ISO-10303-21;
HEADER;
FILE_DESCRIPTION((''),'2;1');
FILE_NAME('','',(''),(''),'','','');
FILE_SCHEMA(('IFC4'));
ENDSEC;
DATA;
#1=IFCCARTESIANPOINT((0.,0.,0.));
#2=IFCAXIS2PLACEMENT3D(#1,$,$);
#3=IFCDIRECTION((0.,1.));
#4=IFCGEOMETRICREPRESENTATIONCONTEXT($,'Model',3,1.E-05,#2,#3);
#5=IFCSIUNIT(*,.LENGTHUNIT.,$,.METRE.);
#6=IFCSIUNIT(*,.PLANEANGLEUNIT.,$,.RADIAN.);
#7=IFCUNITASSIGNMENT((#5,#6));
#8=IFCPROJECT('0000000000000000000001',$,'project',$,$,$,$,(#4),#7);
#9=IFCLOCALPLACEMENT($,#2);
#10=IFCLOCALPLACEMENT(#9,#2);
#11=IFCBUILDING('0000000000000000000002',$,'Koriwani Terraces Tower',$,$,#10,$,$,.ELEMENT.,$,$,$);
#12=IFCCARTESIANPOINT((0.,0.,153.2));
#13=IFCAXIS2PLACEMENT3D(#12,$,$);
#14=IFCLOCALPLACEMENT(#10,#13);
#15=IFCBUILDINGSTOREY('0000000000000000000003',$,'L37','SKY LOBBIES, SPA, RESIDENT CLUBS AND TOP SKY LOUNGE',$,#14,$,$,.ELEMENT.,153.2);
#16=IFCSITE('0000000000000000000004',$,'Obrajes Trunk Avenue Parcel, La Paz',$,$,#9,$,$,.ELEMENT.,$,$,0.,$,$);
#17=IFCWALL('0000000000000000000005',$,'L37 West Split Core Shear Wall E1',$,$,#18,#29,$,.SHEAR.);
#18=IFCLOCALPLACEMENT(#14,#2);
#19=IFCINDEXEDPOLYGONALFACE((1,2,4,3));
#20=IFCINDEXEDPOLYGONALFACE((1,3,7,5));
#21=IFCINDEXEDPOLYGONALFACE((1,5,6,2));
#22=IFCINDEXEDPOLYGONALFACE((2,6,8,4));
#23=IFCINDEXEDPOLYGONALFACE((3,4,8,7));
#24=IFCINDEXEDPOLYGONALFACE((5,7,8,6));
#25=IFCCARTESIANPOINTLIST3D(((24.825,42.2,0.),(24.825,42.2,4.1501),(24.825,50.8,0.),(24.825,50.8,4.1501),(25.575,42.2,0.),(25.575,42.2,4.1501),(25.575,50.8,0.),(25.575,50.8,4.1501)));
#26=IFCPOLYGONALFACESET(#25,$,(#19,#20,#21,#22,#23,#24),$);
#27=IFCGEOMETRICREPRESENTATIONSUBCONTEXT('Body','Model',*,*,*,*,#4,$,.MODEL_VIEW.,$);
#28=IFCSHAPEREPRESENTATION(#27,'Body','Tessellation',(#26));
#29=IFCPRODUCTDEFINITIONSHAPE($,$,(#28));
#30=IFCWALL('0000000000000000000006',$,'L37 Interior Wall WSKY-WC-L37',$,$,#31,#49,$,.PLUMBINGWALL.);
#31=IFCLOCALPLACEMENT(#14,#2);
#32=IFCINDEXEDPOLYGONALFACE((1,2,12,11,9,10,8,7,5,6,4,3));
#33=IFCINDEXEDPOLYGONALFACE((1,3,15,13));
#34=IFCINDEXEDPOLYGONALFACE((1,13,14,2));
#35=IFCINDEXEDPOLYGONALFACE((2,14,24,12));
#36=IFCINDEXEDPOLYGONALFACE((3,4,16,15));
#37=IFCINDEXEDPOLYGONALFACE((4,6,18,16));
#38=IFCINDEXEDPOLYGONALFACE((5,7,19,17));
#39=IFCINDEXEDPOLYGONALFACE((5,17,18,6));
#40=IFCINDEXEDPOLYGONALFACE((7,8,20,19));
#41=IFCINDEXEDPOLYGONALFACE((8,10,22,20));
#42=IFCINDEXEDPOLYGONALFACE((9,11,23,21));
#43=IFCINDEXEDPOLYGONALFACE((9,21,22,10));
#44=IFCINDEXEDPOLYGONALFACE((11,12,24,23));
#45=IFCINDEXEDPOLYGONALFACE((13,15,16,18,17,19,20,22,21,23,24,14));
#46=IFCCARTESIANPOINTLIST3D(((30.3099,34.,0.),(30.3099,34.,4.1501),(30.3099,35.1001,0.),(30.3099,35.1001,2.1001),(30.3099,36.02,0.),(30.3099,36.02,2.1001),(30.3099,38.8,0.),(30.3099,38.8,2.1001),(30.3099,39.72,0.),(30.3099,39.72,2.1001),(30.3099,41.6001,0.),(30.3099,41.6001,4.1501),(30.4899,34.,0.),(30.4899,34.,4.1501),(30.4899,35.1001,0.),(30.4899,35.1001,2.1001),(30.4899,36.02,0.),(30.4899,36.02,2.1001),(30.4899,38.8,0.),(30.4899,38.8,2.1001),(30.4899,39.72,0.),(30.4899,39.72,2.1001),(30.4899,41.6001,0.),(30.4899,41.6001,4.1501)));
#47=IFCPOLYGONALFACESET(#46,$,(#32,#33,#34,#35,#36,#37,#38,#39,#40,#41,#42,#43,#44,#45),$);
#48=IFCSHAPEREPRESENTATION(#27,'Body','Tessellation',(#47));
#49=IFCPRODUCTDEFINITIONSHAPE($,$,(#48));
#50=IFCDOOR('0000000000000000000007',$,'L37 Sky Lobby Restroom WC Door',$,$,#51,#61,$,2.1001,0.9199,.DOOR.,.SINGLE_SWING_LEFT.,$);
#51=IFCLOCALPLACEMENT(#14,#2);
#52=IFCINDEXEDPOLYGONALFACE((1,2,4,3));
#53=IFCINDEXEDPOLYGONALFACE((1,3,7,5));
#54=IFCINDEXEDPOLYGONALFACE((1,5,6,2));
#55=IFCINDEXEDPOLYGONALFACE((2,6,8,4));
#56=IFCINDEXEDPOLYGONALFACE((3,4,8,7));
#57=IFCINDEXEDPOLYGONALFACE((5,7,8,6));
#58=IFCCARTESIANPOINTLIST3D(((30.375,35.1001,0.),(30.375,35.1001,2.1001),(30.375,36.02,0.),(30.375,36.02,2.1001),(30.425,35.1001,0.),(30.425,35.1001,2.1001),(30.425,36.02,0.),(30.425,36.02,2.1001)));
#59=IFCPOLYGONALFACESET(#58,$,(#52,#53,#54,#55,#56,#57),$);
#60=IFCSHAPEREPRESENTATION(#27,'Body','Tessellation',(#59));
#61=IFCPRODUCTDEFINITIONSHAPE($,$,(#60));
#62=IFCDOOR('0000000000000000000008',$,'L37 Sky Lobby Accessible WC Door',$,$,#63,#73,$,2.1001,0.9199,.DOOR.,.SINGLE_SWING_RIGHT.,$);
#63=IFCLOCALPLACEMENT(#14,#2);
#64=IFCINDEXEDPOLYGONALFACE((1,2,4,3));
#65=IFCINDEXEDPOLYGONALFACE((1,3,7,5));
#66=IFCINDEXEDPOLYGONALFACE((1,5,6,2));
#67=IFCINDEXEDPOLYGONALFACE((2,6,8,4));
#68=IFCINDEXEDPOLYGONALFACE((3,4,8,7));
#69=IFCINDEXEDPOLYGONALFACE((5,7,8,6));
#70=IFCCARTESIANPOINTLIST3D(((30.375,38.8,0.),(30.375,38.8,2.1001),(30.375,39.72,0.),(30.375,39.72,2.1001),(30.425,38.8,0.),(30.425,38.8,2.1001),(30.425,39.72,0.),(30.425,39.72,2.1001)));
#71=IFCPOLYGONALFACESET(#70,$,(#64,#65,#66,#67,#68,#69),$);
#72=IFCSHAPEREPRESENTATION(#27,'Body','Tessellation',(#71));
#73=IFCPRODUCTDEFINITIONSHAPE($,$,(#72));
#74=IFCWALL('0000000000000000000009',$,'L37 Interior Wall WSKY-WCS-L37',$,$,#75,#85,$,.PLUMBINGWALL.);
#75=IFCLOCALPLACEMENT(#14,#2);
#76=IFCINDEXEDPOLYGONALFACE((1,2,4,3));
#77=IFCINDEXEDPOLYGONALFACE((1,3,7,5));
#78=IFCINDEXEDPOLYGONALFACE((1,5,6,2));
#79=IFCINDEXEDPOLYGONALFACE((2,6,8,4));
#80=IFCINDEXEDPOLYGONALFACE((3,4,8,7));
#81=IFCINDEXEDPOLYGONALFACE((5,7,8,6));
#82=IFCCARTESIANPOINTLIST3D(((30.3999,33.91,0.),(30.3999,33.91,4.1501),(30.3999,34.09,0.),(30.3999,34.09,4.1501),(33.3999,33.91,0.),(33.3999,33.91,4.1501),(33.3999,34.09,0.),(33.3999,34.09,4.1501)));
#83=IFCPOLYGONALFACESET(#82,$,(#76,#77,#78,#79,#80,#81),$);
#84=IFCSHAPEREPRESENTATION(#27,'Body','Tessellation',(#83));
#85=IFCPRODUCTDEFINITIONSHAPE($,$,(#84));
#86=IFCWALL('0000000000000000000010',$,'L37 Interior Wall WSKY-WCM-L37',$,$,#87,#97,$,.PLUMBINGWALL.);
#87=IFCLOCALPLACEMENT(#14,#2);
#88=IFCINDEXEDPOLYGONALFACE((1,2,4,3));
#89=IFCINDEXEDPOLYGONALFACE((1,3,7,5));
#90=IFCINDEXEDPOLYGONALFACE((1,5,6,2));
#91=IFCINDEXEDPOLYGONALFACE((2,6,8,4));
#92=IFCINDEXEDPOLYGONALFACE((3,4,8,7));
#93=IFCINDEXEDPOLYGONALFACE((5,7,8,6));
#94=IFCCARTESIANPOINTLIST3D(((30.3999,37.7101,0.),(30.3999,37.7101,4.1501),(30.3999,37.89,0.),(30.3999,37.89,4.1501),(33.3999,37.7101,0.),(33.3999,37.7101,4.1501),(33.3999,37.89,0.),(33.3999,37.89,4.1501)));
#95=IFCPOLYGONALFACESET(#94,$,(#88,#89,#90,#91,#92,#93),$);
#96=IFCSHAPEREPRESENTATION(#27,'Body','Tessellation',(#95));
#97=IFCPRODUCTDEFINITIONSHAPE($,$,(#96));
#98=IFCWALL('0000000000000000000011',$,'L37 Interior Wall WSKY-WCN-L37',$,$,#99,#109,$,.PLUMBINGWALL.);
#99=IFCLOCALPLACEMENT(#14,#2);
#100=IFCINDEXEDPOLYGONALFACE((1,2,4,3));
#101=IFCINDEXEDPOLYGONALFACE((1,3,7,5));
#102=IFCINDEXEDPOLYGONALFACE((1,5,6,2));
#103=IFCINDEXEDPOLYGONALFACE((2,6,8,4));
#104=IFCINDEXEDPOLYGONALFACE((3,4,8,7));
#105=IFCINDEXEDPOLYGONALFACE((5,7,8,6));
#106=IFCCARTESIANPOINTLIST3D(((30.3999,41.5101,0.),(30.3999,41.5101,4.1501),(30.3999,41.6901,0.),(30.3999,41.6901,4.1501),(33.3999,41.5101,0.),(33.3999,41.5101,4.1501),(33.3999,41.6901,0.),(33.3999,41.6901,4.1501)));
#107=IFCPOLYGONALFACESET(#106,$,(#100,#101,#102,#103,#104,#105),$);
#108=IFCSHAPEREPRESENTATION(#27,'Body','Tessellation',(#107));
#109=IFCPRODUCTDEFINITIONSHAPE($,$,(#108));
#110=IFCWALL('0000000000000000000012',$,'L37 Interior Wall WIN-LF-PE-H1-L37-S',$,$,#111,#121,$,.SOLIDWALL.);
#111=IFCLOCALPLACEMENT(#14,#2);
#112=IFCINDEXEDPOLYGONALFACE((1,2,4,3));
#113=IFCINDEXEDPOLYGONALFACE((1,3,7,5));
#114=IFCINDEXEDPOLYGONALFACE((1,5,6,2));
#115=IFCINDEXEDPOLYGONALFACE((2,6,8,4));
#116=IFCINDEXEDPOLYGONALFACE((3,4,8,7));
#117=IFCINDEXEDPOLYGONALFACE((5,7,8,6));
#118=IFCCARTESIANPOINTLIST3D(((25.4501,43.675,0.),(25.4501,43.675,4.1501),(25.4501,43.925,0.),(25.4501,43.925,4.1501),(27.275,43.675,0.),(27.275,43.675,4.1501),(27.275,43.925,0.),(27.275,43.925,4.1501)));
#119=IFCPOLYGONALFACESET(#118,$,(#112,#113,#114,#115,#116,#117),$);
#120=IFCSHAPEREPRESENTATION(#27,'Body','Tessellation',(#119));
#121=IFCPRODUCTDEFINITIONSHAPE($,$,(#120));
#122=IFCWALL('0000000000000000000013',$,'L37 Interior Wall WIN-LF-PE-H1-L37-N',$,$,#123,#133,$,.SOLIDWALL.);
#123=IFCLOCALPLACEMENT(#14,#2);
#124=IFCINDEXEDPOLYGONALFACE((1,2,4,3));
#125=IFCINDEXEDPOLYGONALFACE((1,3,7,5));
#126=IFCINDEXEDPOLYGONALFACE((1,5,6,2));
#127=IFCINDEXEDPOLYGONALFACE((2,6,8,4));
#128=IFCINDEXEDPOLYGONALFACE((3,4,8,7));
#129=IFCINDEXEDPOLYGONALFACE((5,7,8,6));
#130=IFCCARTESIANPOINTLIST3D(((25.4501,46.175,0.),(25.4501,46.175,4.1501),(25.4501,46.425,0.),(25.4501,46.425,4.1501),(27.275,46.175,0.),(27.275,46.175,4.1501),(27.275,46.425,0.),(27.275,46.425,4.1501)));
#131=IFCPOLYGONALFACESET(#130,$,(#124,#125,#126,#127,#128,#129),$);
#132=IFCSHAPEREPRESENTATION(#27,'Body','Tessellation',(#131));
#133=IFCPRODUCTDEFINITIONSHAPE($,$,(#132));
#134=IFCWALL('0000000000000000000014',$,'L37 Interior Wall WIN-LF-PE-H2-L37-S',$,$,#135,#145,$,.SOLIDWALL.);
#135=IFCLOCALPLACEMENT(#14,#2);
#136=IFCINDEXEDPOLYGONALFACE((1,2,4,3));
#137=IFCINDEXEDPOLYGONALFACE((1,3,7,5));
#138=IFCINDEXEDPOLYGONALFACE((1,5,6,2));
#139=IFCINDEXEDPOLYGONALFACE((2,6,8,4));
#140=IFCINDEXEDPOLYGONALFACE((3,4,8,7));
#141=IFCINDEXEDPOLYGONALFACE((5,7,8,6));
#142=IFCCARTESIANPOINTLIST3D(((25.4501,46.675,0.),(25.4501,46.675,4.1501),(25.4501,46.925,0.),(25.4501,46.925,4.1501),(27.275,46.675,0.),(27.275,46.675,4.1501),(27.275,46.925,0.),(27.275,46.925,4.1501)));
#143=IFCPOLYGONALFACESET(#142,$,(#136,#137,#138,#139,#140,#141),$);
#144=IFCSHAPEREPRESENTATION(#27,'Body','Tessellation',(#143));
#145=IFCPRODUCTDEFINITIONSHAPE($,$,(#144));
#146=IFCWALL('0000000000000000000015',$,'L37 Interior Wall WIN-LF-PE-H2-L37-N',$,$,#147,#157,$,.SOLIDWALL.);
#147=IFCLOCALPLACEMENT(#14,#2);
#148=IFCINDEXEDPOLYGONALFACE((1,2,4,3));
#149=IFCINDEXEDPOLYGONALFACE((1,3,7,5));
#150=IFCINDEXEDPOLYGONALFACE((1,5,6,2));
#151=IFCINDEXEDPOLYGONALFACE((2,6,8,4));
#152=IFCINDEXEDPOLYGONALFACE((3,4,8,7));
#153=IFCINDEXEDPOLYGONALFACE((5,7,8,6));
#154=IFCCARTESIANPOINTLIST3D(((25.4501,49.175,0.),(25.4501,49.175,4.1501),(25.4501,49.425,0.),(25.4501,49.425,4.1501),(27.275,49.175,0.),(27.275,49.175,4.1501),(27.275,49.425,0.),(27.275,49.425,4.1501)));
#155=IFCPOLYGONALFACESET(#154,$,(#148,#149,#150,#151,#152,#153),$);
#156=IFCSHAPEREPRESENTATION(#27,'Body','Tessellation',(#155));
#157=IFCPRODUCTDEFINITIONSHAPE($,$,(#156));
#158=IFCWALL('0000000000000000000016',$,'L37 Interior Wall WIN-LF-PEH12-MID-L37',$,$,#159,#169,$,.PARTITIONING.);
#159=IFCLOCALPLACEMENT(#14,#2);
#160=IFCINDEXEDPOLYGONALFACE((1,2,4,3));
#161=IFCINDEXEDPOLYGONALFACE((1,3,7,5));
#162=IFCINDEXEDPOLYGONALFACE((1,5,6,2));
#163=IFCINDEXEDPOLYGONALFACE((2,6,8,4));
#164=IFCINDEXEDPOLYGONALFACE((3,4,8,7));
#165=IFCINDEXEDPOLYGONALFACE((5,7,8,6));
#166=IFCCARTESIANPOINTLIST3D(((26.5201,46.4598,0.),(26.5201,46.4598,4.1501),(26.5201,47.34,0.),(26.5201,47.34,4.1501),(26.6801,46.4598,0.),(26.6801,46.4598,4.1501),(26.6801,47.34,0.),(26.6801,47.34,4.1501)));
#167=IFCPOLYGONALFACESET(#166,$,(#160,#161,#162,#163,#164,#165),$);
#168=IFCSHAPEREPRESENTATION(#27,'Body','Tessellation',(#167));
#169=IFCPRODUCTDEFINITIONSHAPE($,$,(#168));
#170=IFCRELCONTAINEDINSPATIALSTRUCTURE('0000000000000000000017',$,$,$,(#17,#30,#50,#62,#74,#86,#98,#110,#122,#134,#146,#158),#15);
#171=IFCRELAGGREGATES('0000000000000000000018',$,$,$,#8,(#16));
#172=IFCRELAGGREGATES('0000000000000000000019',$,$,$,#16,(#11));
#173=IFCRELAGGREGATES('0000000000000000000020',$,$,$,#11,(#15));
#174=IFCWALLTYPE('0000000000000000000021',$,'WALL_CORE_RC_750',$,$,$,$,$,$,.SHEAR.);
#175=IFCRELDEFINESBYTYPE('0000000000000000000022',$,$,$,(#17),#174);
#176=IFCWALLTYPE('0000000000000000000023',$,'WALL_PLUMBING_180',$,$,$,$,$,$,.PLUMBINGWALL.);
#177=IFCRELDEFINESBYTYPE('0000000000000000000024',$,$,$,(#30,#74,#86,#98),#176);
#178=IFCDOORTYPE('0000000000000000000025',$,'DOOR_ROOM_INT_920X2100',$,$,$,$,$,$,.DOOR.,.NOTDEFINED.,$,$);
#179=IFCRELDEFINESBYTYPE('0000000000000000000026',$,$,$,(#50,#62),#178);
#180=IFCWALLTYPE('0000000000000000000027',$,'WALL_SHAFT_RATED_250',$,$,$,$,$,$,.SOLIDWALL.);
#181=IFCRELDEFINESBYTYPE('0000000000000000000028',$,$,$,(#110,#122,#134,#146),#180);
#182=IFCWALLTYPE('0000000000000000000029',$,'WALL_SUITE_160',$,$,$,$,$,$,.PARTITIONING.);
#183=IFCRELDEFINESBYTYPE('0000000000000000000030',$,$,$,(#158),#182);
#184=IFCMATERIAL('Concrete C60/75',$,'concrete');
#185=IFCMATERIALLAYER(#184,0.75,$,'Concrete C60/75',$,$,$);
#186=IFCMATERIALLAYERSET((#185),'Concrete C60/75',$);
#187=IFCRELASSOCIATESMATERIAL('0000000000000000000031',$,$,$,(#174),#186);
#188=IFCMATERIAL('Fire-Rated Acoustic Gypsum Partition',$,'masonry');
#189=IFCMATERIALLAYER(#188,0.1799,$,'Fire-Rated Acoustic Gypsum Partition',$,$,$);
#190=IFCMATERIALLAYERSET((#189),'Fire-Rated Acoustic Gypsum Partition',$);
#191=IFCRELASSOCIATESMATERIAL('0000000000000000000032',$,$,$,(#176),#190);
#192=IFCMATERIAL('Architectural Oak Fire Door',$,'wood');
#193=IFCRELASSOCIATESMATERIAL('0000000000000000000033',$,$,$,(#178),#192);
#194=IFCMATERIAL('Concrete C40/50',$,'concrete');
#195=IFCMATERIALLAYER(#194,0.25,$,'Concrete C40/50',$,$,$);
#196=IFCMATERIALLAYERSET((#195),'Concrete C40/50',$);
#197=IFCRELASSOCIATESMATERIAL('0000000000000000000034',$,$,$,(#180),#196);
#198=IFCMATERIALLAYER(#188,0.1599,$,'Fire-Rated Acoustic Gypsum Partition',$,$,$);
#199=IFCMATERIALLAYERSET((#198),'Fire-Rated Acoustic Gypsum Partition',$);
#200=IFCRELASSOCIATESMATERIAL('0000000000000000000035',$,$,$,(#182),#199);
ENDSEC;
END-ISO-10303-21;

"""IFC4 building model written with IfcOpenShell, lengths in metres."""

from ifc_helpers import new_model, si_unit, direction, frame, frame_2d, origin, place, context, subcontext, project, spatial, rectangle, extrude, material, layer, layer_set, type_object, element, fill, save


model = new_model("IFC4")

# Units and contexts
model_context = context("Model", 3, precision=1e-05, world=origin(), true_north=direction((0.0, 1.0)))
body_context = subcontext(model_context, "Body", "Model", "MODEL_VIEW")
ifc_project = project(units=[si_unit("LENGTHUNIT", "METRE"), si_unit("PLANEANGLEUNIT", "RADIAN")], contexts=[model_context])

# Site, building, storey
site_placement = place(None, origin())
site = spatial("IfcSite", under=ifc_project, at=site_placement, Name="Obrajes Trunk Avenue Parcel, La Paz", CompositionType="ELEMENT", RefElevation=0.0)
building_placement = place(site_placement, origin())
building = spatial("IfcBuilding", under=site, at=building_placement, Name="Koriwani Terraces Tower", CompositionType="ELEMENT")
storey_placement = place(building_placement, frame((0.0, 0.0, 153.2)))
storey = spatial("IfcBuildingStorey", under=building, at=storey_placement, Name="L37", Description="SKY LOBBIES, SPA, RESIDENT CLUBS AND TOP SKY LOUNGE", CompositionType="ELEMENT", Elevation=153.2)

# Shared definitions
ifc_material_1 = material(Name="Concrete C40/50", Category="concrete")

# Wall
ifc_material_2 = material(Name="Concrete C60/75", Category="concrete")
ifc_layer_1 = layer(ifc_material_2, 0.75, Name="Concrete C60/75")
ifc_layer_set_1 = layer_set([ifc_layer_1], Name="Concrete C60/75")
wall_type_1 = type_object("IfcWallType", Name="WALL_CORE_RC_750", PredefinedType="SHEAR", material=ifc_layer_set_1)
wall_1_placement = place(storey_placement, frame((25.2, 42.2, 0.0), z_axis=(0.0, 0.0, 1.0), x_axis=(0.0, 1.0, 0.0)))
element("IfcWall", 1, at=wall_1_placement, inside=storey, type_object=wall_type_1, Name="L37 West Split Core Shear Wall E1", PredefinedType="SHEAR", context=body_context, shape_type="SweptSolid", body=[
    extrude(rectangle(XDim=8.6001, YDim=0.75, at=frame_2d((4.3, 0.0))), origin(), (0.0, 0.0, 1.0), 4.1501),
])

# Wall, openings, doors
ifc_material_3 = material(Name="Fire-Rated Acoustic Gypsum Partition", Category="masonry")
ifc_layer_2 = layer(ifc_material_3, 0.1799, Name="Fire-Rated Acoustic Gypsum Partition")
ifc_layer_set_2 = layer_set([ifc_layer_2], Name="Fire-Rated Acoustic Gypsum Partition")
wall_type_2 = type_object("IfcWallType", Name="WALL_PLUMBING_180", PredefinedType="PLUMBINGWALL", material=ifc_layer_set_2)
wall_2_placement = place(storey_placement, frame((30.3999, 34.0, 0.0), z_axis=(0.0, 0.0, 1.0), x_axis=(0.0, 1.0, 0.0)))
wall_2 = element("IfcWall", 2, at=wall_2_placement, inside=storey, type_object=wall_type_2, Name="L37 Interior Wall WSKY-WC-L37", PredefinedType="PLUMBINGWALL", context=body_context, shape_type="SweptSolid", body=[
    extrude(rectangle(XDim=7.6001, YDim=0.1799, at=frame_2d((3.8, 0.0))), origin(), (0.0, 0.0, 1.0), 4.1501),
])
opening_1_placement = place(wall_2_placement, frame((1.1001, 0.0, 0.0)))
opening_1 = element("IfcOpeningElement", 3, at=opening_1_placement, cuts=wall_2, PredefinedType="OPENING", context=body_context, shape_type="SweptSolid", body=[
    extrude(rectangle(XDim=0.9199, YDim=2.1001, at=frame_2d((0.46, 1.05))), frame((0.0, 0.1001, 0.0), z_axis=(0.0, -1.0, 0.0), x_axis=(1.0, 0.0, 0.0)), (0.0, 0.0, 1.0), 0.2),
])
opening_2_placement = place(wall_2_placement, frame((4.8, 0.0, 0.0)))
opening_2 = element("IfcOpeningElement", 4, at=opening_2_placement, cuts=wall_2, PredefinedType="OPENING", context=body_context, shape_type="SweptSolid", body=[
    extrude(rectangle(XDim=0.9199, YDim=2.1001, at=frame_2d((0.46, 1.05))), frame((0.0, 0.1001, 0.0), z_axis=(0.0, -1.0, 0.0), x_axis=(1.0, 0.0, 0.0)), (0.0, 0.0, 1.0), 0.2),
])
ifc_material_4 = material(Name="Architectural Oak Fire Door", Category="wood")
door_type_1 = type_object("IfcDoorType", Name="DOOR_ROOM_INT_920X2100", OperationType="NOTDEFINED", PredefinedType="DOOR", material=ifc_material_4)
door_1_placement = place(opening_1_placement, origin())
door_1 = element("IfcDoor", 5, at=door_1_placement, inside=storey, type_object=door_type_1, Name="L37 Sky Lobby Restroom WC Door", OperationType="SINGLE_SWING_LEFT", OverallHeight=2.1001, OverallWidth=0.9199, PredefinedType="DOOR", context=body_context, shape_type="SweptSolid", body=[
    extrude(rectangle(XDim=0.9199, YDim=2.1001, at=frame_2d((0.46, 1.05))), frame((0.0, 0.0249, 0.0), z_axis=(0.0, -1.0, 0.0), x_axis=(1.0, 0.0, 0.0)), (0.0, 0.0, 1.0), 0.05),
])
fill(opening_1, door_1)
door_2_placement = place(opening_2_placement, origin())
door_2 = element("IfcDoor", 6, at=door_2_placement, inside=storey, type_object=door_type_1, Name="L37 Sky Lobby Accessible WC Door", OperationType="SINGLE_SWING_RIGHT", OverallHeight=2.1001, OverallWidth=0.9199, PredefinedType="DOOR", context=body_context, shape_type="SweptSolid", body=[
    extrude(rectangle(XDim=0.9199, YDim=2.1001, at=frame_2d((0.46, 1.05))), frame((0.0, 0.0249, 0.0), z_axis=(0.0, -1.0, 0.0), x_axis=(1.0, 0.0, 0.0)), (0.0, 0.0, 1.0), 0.05),
])
fill(opening_2, door_2)

# Walls
for number, where, z_axis, x_axis, name in (
    (7, (30.3999, 34.0, 0.0), (0.0, 0.0, 1.0), (1.0, 0.0, 0.0), "L37 Interior Wall WSKY-WCS-L37"),
    (8, (30.3999, 37.8, 0.0), (0.0, 0.0, 1.0), (1.0, 0.0, 0.0), "L37 Interior Wall WSKY-WCM-L37"),
    (9, (30.3999, 41.6001, 0.0), (0.0, 0.0, 1.0), (1.0, 0.0, 0.0), "L37 Interior Wall WSKY-WCN-L37"),
):
    element("IfcWall", number, at=place(storey_placement, frame(where, z_axis=z_axis, x_axis=x_axis)), inside=storey, type_object=wall_type_2, Name=name, PredefinedType="PLUMBINGWALL", context=body_context, shape_type="SweptSolid", body=[
        extrude(rectangle(XDim=3.0, YDim=0.1799, at=frame_2d((1.5, 0.0))), origin(), (0.0, 0.0, 1.0), 4.1501),
    ])

# Shared definitions
ifc_layer_3 = layer(ifc_material_1, 0.25, Name="Concrete C40/50")
ifc_layer_set_3 = layer_set([ifc_layer_3], Name="Concrete C40/50")
wall_type_3 = type_object("IfcWallType", Name="WALL_SHAFT_RATED_250", PredefinedType="SOLIDWALL", material=ifc_layer_set_3)

# Walls
for number, where, z_axis, x_axis, name in (
    (10, (25.45, 43.8, 0.0), (0.0, 0.0, 1.0), (1.0, 0.0, 0.0), "L37 Interior Wall WIN-LF-PE-H1-L37-S"),
    (11, (25.45, 46.3, 0.0), (0.0, 0.0, 1.0), (1.0, 0.0, 0.0), "L37 Interior Wall WIN-LF-PE-H1-L37-N"),
):
    element("IfcWall", number, at=place(storey_placement, frame(where, z_axis=z_axis, x_axis=x_axis)), inside=storey, type_object=wall_type_3, Name=name, PredefinedType="SOLIDWALL", context=body_context, shape_type="SweptSolid", body=[
        extrude(rectangle(XDim=1.825, YDim=0.25, at=frame_2d((0.9126, 0.0))), origin(), (0.0, 0.0, 1.0), 4.1501),
    ])

# Walls
for number, where, z_axis, x_axis, name in (
    (12, (25.45, 46.8, 0.0), (0.0, 0.0, 1.0), (1.0, 0.0, 0.0), "L37 Interior Wall WIN-LF-PE-H2-L37-S"),
    (13, (25.45, 49.3, 0.0), (0.0, 0.0, 1.0), (1.0, 0.0, 0.0), "L37 Interior Wall WIN-LF-PE-H2-L37-N"),
):
    element("IfcWall", number, at=place(storey_placement, frame(where, z_axis=z_axis, x_axis=x_axis)), inside=storey, type_object=wall_type_3, Name=name, PredefinedType="SOLIDWALL", context=body_context, shape_type="SweptSolid", body=[
        extrude(rectangle(XDim=1.825, YDim=0.25, at=frame_2d((0.9126, 0.0))), origin(), (0.0, 0.0, 1.0), 4.1501),
    ])
ifc_layer_4 = layer(ifc_material_3, 0.1599, Name="Fire-Rated Acoustic Gypsum Partition")
ifc_layer_set_4 = layer_set([ifc_layer_4], Name="Fire-Rated Acoustic Gypsum Partition")
wall_type_4 = type_object("IfcWallType", Name="WALL_SUITE_160", PredefinedType="PARTITIONING", material=ifc_layer_set_4)
wall_3_placement = place(storey_placement, frame((26.6001, 46.46, 0.0), z_axis=(0.0, 0.0, 1.0), x_axis=(0.0, 1.0, 0.0)))
element("IfcWall", 14, at=wall_3_placement, inside=storey, type_object=wall_type_4, Name="L37 Interior Wall WIN-LF-PEH12-MID-L37", PredefinedType="PARTITIONING", context=body_context, shape_type="SweptSolid", body=[
    extrude(rectangle(XDim=0.8801, YDim=0.1599, at=frame_2d((0.4399, 0.0))), origin(), (0.0, 0.0, 1.0), 4.1501),
])

save(model, "model.ifc")
